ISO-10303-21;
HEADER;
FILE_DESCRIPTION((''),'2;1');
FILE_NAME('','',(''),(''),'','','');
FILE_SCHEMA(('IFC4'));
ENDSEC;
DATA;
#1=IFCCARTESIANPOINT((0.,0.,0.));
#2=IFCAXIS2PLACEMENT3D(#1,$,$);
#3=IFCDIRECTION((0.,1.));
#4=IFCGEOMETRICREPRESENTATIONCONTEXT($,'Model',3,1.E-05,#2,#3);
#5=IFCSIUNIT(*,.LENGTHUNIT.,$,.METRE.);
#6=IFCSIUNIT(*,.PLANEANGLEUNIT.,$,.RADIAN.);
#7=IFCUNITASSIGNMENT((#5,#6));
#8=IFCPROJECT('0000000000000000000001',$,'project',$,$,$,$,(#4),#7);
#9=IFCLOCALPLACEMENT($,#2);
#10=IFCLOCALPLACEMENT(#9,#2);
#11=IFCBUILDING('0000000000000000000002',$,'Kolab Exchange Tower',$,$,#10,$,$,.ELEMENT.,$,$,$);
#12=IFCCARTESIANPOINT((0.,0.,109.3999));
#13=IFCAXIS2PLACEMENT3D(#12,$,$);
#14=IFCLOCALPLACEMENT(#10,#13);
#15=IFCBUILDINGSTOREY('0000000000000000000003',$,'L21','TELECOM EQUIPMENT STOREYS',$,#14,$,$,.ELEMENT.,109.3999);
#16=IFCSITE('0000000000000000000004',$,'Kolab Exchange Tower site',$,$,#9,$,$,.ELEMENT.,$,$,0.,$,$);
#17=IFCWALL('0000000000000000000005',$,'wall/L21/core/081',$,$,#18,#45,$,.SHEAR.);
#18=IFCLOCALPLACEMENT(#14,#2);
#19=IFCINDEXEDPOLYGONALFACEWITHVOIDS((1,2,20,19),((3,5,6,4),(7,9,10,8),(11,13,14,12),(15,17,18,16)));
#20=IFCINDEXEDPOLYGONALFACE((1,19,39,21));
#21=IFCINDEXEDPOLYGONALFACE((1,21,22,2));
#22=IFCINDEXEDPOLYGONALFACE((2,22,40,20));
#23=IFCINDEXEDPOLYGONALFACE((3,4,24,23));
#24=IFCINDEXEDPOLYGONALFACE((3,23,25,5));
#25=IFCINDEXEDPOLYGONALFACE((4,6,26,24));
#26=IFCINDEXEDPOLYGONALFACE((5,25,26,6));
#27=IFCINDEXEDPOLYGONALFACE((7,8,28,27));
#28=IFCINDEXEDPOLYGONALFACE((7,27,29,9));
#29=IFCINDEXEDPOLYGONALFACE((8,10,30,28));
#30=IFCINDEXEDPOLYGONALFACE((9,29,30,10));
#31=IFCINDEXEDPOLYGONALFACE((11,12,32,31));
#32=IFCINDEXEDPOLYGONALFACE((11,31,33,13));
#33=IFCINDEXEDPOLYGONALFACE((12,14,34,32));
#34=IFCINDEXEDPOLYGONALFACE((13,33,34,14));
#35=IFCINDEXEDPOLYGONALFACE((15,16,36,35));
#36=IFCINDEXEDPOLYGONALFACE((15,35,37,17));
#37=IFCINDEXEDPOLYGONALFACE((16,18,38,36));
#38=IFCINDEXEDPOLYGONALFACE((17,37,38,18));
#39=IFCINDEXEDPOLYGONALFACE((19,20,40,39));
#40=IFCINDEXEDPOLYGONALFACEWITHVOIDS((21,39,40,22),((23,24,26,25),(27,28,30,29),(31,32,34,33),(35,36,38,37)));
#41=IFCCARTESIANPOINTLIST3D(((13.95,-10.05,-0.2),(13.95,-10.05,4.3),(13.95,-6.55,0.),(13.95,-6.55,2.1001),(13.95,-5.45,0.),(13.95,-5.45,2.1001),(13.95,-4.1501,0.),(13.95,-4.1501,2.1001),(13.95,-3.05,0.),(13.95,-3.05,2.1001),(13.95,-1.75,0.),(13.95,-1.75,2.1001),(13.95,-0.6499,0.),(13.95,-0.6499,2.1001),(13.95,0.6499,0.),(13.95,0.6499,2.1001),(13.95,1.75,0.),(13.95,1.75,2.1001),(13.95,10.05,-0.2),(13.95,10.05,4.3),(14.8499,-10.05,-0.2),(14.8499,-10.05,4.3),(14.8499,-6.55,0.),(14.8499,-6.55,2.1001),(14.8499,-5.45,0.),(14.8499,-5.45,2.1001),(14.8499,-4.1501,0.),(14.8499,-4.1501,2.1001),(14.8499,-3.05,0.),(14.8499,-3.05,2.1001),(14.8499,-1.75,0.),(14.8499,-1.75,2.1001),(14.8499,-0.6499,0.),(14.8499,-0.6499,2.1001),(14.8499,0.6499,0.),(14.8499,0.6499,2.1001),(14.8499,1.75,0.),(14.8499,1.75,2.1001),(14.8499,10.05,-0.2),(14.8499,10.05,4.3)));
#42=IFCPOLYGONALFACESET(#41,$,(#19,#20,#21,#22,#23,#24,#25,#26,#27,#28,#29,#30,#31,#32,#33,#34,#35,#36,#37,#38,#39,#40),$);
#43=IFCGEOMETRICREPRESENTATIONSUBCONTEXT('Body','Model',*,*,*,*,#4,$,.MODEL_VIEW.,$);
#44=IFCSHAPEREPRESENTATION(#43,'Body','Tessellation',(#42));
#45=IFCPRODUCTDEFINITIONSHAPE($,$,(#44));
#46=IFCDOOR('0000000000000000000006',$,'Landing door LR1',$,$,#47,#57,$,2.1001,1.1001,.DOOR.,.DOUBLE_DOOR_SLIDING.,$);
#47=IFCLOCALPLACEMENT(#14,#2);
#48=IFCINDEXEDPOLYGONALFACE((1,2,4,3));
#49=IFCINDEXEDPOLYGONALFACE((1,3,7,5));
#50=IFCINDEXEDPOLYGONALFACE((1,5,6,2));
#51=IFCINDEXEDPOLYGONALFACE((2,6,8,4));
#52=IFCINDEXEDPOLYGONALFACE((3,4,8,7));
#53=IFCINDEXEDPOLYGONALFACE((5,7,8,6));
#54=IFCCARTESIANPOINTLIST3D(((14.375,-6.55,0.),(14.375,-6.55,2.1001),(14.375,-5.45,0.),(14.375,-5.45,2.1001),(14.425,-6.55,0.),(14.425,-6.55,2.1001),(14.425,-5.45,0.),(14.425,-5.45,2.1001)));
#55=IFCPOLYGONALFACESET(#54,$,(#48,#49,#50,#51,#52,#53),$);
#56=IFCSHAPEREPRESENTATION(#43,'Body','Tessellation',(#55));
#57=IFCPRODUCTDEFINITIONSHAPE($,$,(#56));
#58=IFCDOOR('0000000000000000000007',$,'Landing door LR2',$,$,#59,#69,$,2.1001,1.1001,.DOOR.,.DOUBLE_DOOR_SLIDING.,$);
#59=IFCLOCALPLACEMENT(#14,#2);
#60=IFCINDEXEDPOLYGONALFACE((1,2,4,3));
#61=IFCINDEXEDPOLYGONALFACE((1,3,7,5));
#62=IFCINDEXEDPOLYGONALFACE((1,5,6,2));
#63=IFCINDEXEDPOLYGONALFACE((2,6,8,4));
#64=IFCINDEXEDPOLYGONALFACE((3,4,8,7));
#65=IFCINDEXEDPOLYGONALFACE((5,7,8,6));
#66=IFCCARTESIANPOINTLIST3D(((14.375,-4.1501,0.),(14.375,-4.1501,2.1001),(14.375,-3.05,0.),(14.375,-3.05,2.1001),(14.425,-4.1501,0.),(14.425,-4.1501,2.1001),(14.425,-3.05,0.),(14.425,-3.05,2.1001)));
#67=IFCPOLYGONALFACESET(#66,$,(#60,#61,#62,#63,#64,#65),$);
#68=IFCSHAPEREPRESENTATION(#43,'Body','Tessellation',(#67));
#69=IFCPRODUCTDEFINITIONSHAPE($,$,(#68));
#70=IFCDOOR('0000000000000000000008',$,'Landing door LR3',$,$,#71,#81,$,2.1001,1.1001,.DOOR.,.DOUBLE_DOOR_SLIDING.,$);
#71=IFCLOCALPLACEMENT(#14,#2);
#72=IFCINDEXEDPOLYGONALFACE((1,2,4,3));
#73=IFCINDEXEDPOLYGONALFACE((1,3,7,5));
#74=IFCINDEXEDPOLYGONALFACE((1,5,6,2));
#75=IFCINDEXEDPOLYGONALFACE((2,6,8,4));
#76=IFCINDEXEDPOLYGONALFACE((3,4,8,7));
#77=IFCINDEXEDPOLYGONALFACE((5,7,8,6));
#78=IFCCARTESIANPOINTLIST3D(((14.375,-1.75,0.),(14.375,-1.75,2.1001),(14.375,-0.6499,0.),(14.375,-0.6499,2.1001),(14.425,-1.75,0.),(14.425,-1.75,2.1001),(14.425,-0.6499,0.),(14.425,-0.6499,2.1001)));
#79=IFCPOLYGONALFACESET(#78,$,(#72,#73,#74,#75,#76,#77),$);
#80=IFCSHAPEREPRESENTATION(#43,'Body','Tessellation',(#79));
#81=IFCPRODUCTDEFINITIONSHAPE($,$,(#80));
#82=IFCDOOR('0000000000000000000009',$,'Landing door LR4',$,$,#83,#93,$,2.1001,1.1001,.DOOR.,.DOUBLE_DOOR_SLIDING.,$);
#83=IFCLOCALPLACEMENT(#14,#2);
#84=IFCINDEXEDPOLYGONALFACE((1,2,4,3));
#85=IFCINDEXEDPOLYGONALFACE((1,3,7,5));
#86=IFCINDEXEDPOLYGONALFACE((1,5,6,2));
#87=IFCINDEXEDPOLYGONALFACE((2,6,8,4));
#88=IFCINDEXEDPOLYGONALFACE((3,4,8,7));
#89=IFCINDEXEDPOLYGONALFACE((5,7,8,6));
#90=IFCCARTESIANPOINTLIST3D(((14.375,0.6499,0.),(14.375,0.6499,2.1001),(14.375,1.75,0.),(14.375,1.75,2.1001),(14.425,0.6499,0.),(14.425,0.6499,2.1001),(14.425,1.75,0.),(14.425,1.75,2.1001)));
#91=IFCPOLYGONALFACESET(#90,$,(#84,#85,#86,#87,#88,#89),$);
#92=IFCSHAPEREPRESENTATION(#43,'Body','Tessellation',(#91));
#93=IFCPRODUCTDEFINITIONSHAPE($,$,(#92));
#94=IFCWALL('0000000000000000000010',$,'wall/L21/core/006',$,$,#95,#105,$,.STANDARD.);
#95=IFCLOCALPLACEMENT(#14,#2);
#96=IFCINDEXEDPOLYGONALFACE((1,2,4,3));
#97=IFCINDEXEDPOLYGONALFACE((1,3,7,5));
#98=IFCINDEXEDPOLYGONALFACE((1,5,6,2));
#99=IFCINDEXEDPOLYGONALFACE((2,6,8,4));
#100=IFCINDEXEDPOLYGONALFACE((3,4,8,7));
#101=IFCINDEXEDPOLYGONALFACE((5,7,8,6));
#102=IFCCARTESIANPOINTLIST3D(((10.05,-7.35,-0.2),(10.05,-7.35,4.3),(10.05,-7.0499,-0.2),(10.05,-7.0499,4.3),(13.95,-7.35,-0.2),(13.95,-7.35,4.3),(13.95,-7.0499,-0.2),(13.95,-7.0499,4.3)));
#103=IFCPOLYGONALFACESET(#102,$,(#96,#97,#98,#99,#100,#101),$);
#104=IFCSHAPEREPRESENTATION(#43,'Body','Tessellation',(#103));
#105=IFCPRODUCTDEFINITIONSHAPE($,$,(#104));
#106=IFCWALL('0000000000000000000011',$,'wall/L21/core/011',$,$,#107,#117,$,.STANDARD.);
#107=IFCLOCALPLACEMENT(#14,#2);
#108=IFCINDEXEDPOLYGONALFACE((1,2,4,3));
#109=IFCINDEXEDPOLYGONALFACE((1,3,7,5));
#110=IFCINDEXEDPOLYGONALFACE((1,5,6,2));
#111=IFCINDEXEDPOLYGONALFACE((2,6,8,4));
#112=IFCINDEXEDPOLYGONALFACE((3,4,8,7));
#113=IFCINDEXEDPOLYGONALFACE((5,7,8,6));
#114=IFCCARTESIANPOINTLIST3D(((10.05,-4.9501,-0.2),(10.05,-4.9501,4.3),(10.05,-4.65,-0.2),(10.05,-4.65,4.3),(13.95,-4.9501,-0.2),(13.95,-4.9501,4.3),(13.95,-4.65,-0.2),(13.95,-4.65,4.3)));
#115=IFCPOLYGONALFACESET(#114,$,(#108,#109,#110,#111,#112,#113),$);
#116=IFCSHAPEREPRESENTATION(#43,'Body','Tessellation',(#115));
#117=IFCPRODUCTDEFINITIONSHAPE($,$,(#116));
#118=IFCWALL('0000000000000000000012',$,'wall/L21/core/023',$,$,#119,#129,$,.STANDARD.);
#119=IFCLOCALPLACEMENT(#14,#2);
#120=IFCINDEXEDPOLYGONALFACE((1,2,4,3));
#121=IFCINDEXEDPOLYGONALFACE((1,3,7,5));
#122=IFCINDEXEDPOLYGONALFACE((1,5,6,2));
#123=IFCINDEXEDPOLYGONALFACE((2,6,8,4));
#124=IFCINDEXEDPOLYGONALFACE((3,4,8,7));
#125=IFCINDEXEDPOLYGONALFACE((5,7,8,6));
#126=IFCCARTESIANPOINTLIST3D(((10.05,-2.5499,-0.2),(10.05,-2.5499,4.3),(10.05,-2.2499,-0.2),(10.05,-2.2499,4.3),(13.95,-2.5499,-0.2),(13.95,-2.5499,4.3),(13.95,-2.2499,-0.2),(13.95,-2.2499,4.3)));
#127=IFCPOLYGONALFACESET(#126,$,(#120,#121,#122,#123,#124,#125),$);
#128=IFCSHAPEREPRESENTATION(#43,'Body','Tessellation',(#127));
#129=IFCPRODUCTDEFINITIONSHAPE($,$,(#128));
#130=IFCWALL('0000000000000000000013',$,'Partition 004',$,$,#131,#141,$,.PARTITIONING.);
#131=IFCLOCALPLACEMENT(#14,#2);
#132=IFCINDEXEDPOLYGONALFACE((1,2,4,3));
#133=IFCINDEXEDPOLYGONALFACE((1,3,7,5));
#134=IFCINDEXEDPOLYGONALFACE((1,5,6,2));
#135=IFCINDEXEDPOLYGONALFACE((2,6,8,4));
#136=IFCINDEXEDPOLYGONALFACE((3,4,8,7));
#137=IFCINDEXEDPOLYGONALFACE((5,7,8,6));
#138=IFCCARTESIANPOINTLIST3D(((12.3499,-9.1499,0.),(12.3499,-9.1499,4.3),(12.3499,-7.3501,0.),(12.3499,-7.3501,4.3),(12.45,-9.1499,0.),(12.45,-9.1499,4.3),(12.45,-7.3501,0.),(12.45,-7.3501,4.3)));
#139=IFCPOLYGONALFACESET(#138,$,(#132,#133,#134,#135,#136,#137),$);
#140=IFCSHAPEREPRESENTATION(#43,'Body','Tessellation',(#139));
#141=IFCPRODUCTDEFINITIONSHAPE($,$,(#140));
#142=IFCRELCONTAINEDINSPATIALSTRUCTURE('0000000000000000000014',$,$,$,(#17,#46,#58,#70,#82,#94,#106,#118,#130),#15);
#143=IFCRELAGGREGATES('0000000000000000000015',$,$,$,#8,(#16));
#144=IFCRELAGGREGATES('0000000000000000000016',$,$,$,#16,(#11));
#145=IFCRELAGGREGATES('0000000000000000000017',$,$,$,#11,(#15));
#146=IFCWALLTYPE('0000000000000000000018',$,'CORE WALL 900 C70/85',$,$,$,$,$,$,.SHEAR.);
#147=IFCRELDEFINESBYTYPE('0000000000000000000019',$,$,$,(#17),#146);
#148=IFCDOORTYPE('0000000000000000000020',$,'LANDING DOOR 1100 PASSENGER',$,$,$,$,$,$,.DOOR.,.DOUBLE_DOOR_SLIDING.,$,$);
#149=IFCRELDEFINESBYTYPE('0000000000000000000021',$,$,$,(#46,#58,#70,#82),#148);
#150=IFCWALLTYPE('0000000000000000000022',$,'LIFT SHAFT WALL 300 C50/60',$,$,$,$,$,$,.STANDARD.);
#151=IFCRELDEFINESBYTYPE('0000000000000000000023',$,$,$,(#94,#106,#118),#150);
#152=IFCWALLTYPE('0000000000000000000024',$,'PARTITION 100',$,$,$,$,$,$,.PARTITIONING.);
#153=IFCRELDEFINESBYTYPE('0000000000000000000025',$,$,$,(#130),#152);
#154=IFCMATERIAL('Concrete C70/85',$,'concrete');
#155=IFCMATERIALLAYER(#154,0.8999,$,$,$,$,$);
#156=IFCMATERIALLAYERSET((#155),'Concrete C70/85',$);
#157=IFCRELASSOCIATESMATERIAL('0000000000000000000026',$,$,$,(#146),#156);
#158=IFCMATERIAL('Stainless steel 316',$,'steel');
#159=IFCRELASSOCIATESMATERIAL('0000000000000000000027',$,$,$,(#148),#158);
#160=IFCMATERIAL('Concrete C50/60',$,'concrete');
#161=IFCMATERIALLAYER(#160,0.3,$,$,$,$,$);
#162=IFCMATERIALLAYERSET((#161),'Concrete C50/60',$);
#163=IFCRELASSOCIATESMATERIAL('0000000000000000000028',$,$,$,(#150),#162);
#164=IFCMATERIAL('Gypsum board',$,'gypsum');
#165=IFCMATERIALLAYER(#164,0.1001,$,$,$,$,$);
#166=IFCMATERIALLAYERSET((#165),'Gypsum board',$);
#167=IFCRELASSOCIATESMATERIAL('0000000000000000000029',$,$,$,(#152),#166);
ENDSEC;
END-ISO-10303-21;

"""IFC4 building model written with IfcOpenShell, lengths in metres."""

from ifc_helpers import new_model, si_unit, direction, frame, frame_2d, origin, place, context, subcontext, project, spatial, rectangle, extrude, material, layer, layer_set, type_object, element, fill, save


model = new_model("IFC4")

# Units and contexts
model_context = context("Model", 3, precision=1e-05, world=origin(), true_north=direction((0.0, 1.0)))
body_context = subcontext(model_context, "Body", "Model", "MODEL_VIEW")
ifc_project = project(units=[si_unit("LENGTHUNIT", "METRE"), si_unit("PLANEANGLEUNIT", "RADIAN")], contexts=[model_context])

# Site, building, storey
site_placement = place(None, origin())
site = spatial("IfcSite", under=ifc_project, at=site_placement, Name="Kolab Exchange Tower site", CompositionType="ELEMENT", RefElevation=0.0)
building_placement = place(site_placement, origin())
building = spatial("IfcBuilding", under=site, at=building_placement, Name="Kolab Exchange Tower", CompositionType="ELEMENT")
storey_placement = place(building_placement, frame((0.0, 0.0, 109.3999)))
storey = spatial("IfcBuildingStorey", under=building, at=storey_placement, Name="L21", Description="TELECOM EQUIPMENT STOREYS", CompositionType="ELEMENT", Elevation=109.3999)

# Shared definitions
ifc_material_1 = material(Name="Concrete C70/85", Category="concrete")
ifc_layer_1 = layer(ifc_material_1, 0.8999)
ifc_layer_set_1 = layer_set([ifc_layer_1], Name="Concrete C70/85")
wall_type_1 = type_object("IfcWallType", Name="CORE WALL 900 C70/85", PredefinedType="SHEAR", material=ifc_layer_set_1)

# Wall, openings, doors
wall_1_placement = place(storey_placement, frame((14.3999, -10.05, -0.2), z_axis=(0.0, 0.0, 1.0), x_axis=(0.0, 1.0, 0.0)))
wall_1 = element("IfcWall", 1, at=wall_1_placement, inside=storey, type_object=wall_type_1, Name="wall/L21/core/081", PredefinedType="SHEAR", context=body_context, shape_type="SweptSolid", body=[
    extrude(rectangle(XDim=20.1001, YDim=0.8999, at=frame_2d((10.05, 0.0))), origin(), (0.0, 0.0, 1.0), 4.5),
])
opening_1_placement = place(wall_1_placement, frame((3.5, 0.0, 0.2)))
opening_1 = element("IfcOpeningElement", 2, at=opening_1_placement, cuts=wall_1, PredefinedType="OPENING", context=body_context, shape_type="SweptSolid", body=[
    extrude(rectangle(XDim=1.1001, YDim=2.1001, at=frame_2d((0.55, 1.05))), frame((0.0, 0.46, 0.0), z_axis=(0.0, -1.0, 0.0), x_axis=(1.0, 0.0, 0.0)), (0.0, 0.0, 1.0), 0.9199),
])
opening_2_placement = place(wall_1_placement, frame((5.8999, 0.0, 0.2)))
opening_2 = element("IfcOpeningElement", 3, at=opening_2_placement, cuts=wall_1, PredefinedType="OPENING", context=body_context, shape_type="SweptSolid", body=[
    extrude(rectangle(XDim=1.1001, YDim=2.1001, at=frame_2d((0.55, 1.05))), frame((0.0, 0.46, 0.0), z_axis=(0.0, -1.0, 0.0), x_axis=(1.0, 0.0, 0.0)), (0.0, 0.0, 1.0), 0.9199),
])
opening_3_placement = place(wall_1_placement, frame((8.3, 0.0, 0.2)))
opening_3 = element("IfcOpeningElement", 4, at=opening_3_placement, cuts=wall_1, PredefinedType="OPENING", context=body_context, shape_type="SweptSolid", body=[
    extrude(rectangle(XDim=1.1001, YDim=2.1001, at=frame_2d((0.55, 1.05))), frame((0.0, 0.46, 0.0), z_axis=(0.0, -1.0, 0.0), x_axis=(1.0, 0.0, 0.0)), (0.0, 0.0, 1.0), 0.9199),
])
opening_4_placement = place(wall_1_placement, frame((10.7, 0.0, 0.2)))
opening_4 = element("IfcOpeningElement", 5, at=opening_4_placement, cuts=wall_1, PredefinedType="OPENING", context=body_context, shape_type="SweptSolid", body=[
    extrude(rectangle(XDim=1.1001, YDim=2.1001, at=frame_2d((0.55, 1.05))), frame((0.0, 0.46, 0.0), z_axis=(0.0, -1.0, 0.0), x_axis=(1.0, 0.0, 0.0)), (0.0, 0.0, 1.0), 0.9199),
])
ifc_material_2 = material(Name="Stainless steel 316", Category="steel")
door_type_1 = type_object("IfcDoorType", Name="LANDING DOOR 1100 PASSENGER", OperationType="DOUBLE_DOOR_SLIDING", PredefinedType="DOOR", material=ifc_material_2)
door_1_placement = place(opening_1_placement, origin())
door_1 = element("IfcDoor", 6, at=door_1_placement, inside=storey, type_object=door_type_1, Name="Landing door LR1", OperationType="DOUBLE_DOOR_SLIDING", OverallHeight=2.1001, OverallWidth=1.1001, PredefinedType="DOOR", context=body_context, shape_type="SweptSolid", body=[
    extrude(rectangle(XDim=1.1001, YDim=2.1001, at=frame_2d((0.55, 1.05))), frame((0.0, 0.0249, 0.0), z_axis=(0.0, -1.0, 0.0), x_axis=(1.0, 0.0, 0.0)), (0.0, 0.0, 1.0), 0.05),
])
fill(opening_1, door_1)
door_2_placement = place(opening_2_placement, origin())
door_2 = element("IfcDoor", 7, at=door_2_placement, inside=storey, type_object=door_type_1, Name="Landing door LR2", OperationType="DOUBLE_DOOR_SLIDING", OverallHeight=2.1001, OverallWidth=1.1001, PredefinedType="DOOR", context=body_context, shape_type="SweptSolid", body=[
    extrude(rectangle(XDim=1.1001, YDim=2.1001, at=frame_2d((0.55, 1.05))), frame((0.0, 0.0249, 0.0), z_axis=(0.0, -1.0, 0.0), x_axis=(1.0, 0.0, 0.0)), (0.0, 0.0, 1.0), 0.05),
])
fill(opening_2, door_2)
door_3_placement = place(opening_3_placement, origin())
door_3 = element("IfcDoor", 8, at=door_3_placement, inside=storey, type_object=door_type_1, Name="Landing door LR3", OperationType="DOUBLE_DOOR_SLIDING", OverallHeight=2.1001, OverallWidth=1.1001, PredefinedType="DOOR", context=body_context, shape_type="SweptSolid", body=[
    extrude(rectangle(XDim=1.1001, YDim=2.1001, at=frame_2d((0.55, 1.05))), frame((0.0, 0.0249, 0.0), z_axis=(0.0, -1.0, 0.0), x_axis=(1.0, 0.0, 0.0)), (0.0, 0.0, 1.0), 0.05),
])
fill(opening_3, door_3)
door_4_placement = place(opening_4_placement, origin())
door_4 = element("IfcDoor", 9, at=door_4_placement, inside=storey, type_object=door_type_1, Name="Landing door LR4", OperationType="DOUBLE_DOOR_SLIDING", OverallHeight=2.1001, OverallWidth=1.1001, PredefinedType="DOOR", context=body_context, shape_type="SweptSolid", body=[
    extrude(rectangle(XDim=1.1001, YDim=2.1001, at=frame_2d((0.55, 1.05))), frame((0.0, 0.0249, 0.0), z_axis=(0.0, -1.0, 0.0), x_axis=(1.0, 0.0, 0.0)), (0.0, 0.0, 1.0), 0.05),
])
fill(opening_4, door_4)

# Walls
ifc_material_3 = material(Name="Concrete C50/60", Category="concrete")
ifc_layer_2 = layer(ifc_material_3, 0.3)
ifc_layer_set_2 = layer_set([ifc_layer_2], Name="Concrete C50/60")
wall_type_2 = type_object("IfcWallType", Name="LIFT SHAFT WALL 300 C50/60", PredefinedType="STANDARD", material=ifc_layer_set_2)
for number, where, z_axis, x_axis, name in (
    (10, (10.05, -7.2, -0.2), (0.0, 0.0, 1.0), (1.0, 0.0, 0.0), "wall/L21/core/006"),
    (11, (10.05, -4.8, -0.2), (0.0, 0.0, 1.0), (1.0, 0.0, 0.0), "wall/L21/core/011"),
    (12, (10.05, -2.3999, -0.2), (0.0, 0.0, 1.0), (1.0, 0.0, 0.0), "wall/L21/core/023"),
):
    element("IfcWall", number, at=place(storey_placement, frame(where, z_axis=z_axis, x_axis=x_axis)), inside=storey, type_object=wall_type_2, Name=name, PredefinedType="STANDARD", context=body_context, shape_type="SweptSolid", body=[
        extrude(rectangle(XDim=3.8999, YDim=0.3, at=frame_2d((1.95, 0.0))), origin(), (0.0, 0.0, 1.0), 4.5),
    ])
ifc_material_4 = material(Name="Gypsum board", Category="gypsum")
ifc_layer_3 = layer(ifc_material_4, 0.1001)
ifc_layer_set_3 = layer_set([ifc_layer_3], Name="Gypsum board")
wall_type_3 = type_object("IfcWallType", Name="PARTITION 100", PredefinedType="PARTITIONING", material=ifc_layer_set_3)
wall_2_placement = place(storey_placement, frame((12.3999, -9.1499, 0.0), z_axis=(0.0, 0.0, 1.0), x_axis=(0.0, 1.0, 0.0)))
element("IfcWall", 13, at=wall_2_placement, inside=storey, type_object=wall_type_3, Name="Partition 004", PredefinedType="PARTITIONING", context=body_context, shape_type="SweptSolid", body=[
    extrude(rectangle(XDim=1.7998, YDim=0.1001, at=frame_2d((0.8999, 0.0))), origin(), (0.0, 0.0, 1.0), 4.3),
])

save(model, "model.ifc")
